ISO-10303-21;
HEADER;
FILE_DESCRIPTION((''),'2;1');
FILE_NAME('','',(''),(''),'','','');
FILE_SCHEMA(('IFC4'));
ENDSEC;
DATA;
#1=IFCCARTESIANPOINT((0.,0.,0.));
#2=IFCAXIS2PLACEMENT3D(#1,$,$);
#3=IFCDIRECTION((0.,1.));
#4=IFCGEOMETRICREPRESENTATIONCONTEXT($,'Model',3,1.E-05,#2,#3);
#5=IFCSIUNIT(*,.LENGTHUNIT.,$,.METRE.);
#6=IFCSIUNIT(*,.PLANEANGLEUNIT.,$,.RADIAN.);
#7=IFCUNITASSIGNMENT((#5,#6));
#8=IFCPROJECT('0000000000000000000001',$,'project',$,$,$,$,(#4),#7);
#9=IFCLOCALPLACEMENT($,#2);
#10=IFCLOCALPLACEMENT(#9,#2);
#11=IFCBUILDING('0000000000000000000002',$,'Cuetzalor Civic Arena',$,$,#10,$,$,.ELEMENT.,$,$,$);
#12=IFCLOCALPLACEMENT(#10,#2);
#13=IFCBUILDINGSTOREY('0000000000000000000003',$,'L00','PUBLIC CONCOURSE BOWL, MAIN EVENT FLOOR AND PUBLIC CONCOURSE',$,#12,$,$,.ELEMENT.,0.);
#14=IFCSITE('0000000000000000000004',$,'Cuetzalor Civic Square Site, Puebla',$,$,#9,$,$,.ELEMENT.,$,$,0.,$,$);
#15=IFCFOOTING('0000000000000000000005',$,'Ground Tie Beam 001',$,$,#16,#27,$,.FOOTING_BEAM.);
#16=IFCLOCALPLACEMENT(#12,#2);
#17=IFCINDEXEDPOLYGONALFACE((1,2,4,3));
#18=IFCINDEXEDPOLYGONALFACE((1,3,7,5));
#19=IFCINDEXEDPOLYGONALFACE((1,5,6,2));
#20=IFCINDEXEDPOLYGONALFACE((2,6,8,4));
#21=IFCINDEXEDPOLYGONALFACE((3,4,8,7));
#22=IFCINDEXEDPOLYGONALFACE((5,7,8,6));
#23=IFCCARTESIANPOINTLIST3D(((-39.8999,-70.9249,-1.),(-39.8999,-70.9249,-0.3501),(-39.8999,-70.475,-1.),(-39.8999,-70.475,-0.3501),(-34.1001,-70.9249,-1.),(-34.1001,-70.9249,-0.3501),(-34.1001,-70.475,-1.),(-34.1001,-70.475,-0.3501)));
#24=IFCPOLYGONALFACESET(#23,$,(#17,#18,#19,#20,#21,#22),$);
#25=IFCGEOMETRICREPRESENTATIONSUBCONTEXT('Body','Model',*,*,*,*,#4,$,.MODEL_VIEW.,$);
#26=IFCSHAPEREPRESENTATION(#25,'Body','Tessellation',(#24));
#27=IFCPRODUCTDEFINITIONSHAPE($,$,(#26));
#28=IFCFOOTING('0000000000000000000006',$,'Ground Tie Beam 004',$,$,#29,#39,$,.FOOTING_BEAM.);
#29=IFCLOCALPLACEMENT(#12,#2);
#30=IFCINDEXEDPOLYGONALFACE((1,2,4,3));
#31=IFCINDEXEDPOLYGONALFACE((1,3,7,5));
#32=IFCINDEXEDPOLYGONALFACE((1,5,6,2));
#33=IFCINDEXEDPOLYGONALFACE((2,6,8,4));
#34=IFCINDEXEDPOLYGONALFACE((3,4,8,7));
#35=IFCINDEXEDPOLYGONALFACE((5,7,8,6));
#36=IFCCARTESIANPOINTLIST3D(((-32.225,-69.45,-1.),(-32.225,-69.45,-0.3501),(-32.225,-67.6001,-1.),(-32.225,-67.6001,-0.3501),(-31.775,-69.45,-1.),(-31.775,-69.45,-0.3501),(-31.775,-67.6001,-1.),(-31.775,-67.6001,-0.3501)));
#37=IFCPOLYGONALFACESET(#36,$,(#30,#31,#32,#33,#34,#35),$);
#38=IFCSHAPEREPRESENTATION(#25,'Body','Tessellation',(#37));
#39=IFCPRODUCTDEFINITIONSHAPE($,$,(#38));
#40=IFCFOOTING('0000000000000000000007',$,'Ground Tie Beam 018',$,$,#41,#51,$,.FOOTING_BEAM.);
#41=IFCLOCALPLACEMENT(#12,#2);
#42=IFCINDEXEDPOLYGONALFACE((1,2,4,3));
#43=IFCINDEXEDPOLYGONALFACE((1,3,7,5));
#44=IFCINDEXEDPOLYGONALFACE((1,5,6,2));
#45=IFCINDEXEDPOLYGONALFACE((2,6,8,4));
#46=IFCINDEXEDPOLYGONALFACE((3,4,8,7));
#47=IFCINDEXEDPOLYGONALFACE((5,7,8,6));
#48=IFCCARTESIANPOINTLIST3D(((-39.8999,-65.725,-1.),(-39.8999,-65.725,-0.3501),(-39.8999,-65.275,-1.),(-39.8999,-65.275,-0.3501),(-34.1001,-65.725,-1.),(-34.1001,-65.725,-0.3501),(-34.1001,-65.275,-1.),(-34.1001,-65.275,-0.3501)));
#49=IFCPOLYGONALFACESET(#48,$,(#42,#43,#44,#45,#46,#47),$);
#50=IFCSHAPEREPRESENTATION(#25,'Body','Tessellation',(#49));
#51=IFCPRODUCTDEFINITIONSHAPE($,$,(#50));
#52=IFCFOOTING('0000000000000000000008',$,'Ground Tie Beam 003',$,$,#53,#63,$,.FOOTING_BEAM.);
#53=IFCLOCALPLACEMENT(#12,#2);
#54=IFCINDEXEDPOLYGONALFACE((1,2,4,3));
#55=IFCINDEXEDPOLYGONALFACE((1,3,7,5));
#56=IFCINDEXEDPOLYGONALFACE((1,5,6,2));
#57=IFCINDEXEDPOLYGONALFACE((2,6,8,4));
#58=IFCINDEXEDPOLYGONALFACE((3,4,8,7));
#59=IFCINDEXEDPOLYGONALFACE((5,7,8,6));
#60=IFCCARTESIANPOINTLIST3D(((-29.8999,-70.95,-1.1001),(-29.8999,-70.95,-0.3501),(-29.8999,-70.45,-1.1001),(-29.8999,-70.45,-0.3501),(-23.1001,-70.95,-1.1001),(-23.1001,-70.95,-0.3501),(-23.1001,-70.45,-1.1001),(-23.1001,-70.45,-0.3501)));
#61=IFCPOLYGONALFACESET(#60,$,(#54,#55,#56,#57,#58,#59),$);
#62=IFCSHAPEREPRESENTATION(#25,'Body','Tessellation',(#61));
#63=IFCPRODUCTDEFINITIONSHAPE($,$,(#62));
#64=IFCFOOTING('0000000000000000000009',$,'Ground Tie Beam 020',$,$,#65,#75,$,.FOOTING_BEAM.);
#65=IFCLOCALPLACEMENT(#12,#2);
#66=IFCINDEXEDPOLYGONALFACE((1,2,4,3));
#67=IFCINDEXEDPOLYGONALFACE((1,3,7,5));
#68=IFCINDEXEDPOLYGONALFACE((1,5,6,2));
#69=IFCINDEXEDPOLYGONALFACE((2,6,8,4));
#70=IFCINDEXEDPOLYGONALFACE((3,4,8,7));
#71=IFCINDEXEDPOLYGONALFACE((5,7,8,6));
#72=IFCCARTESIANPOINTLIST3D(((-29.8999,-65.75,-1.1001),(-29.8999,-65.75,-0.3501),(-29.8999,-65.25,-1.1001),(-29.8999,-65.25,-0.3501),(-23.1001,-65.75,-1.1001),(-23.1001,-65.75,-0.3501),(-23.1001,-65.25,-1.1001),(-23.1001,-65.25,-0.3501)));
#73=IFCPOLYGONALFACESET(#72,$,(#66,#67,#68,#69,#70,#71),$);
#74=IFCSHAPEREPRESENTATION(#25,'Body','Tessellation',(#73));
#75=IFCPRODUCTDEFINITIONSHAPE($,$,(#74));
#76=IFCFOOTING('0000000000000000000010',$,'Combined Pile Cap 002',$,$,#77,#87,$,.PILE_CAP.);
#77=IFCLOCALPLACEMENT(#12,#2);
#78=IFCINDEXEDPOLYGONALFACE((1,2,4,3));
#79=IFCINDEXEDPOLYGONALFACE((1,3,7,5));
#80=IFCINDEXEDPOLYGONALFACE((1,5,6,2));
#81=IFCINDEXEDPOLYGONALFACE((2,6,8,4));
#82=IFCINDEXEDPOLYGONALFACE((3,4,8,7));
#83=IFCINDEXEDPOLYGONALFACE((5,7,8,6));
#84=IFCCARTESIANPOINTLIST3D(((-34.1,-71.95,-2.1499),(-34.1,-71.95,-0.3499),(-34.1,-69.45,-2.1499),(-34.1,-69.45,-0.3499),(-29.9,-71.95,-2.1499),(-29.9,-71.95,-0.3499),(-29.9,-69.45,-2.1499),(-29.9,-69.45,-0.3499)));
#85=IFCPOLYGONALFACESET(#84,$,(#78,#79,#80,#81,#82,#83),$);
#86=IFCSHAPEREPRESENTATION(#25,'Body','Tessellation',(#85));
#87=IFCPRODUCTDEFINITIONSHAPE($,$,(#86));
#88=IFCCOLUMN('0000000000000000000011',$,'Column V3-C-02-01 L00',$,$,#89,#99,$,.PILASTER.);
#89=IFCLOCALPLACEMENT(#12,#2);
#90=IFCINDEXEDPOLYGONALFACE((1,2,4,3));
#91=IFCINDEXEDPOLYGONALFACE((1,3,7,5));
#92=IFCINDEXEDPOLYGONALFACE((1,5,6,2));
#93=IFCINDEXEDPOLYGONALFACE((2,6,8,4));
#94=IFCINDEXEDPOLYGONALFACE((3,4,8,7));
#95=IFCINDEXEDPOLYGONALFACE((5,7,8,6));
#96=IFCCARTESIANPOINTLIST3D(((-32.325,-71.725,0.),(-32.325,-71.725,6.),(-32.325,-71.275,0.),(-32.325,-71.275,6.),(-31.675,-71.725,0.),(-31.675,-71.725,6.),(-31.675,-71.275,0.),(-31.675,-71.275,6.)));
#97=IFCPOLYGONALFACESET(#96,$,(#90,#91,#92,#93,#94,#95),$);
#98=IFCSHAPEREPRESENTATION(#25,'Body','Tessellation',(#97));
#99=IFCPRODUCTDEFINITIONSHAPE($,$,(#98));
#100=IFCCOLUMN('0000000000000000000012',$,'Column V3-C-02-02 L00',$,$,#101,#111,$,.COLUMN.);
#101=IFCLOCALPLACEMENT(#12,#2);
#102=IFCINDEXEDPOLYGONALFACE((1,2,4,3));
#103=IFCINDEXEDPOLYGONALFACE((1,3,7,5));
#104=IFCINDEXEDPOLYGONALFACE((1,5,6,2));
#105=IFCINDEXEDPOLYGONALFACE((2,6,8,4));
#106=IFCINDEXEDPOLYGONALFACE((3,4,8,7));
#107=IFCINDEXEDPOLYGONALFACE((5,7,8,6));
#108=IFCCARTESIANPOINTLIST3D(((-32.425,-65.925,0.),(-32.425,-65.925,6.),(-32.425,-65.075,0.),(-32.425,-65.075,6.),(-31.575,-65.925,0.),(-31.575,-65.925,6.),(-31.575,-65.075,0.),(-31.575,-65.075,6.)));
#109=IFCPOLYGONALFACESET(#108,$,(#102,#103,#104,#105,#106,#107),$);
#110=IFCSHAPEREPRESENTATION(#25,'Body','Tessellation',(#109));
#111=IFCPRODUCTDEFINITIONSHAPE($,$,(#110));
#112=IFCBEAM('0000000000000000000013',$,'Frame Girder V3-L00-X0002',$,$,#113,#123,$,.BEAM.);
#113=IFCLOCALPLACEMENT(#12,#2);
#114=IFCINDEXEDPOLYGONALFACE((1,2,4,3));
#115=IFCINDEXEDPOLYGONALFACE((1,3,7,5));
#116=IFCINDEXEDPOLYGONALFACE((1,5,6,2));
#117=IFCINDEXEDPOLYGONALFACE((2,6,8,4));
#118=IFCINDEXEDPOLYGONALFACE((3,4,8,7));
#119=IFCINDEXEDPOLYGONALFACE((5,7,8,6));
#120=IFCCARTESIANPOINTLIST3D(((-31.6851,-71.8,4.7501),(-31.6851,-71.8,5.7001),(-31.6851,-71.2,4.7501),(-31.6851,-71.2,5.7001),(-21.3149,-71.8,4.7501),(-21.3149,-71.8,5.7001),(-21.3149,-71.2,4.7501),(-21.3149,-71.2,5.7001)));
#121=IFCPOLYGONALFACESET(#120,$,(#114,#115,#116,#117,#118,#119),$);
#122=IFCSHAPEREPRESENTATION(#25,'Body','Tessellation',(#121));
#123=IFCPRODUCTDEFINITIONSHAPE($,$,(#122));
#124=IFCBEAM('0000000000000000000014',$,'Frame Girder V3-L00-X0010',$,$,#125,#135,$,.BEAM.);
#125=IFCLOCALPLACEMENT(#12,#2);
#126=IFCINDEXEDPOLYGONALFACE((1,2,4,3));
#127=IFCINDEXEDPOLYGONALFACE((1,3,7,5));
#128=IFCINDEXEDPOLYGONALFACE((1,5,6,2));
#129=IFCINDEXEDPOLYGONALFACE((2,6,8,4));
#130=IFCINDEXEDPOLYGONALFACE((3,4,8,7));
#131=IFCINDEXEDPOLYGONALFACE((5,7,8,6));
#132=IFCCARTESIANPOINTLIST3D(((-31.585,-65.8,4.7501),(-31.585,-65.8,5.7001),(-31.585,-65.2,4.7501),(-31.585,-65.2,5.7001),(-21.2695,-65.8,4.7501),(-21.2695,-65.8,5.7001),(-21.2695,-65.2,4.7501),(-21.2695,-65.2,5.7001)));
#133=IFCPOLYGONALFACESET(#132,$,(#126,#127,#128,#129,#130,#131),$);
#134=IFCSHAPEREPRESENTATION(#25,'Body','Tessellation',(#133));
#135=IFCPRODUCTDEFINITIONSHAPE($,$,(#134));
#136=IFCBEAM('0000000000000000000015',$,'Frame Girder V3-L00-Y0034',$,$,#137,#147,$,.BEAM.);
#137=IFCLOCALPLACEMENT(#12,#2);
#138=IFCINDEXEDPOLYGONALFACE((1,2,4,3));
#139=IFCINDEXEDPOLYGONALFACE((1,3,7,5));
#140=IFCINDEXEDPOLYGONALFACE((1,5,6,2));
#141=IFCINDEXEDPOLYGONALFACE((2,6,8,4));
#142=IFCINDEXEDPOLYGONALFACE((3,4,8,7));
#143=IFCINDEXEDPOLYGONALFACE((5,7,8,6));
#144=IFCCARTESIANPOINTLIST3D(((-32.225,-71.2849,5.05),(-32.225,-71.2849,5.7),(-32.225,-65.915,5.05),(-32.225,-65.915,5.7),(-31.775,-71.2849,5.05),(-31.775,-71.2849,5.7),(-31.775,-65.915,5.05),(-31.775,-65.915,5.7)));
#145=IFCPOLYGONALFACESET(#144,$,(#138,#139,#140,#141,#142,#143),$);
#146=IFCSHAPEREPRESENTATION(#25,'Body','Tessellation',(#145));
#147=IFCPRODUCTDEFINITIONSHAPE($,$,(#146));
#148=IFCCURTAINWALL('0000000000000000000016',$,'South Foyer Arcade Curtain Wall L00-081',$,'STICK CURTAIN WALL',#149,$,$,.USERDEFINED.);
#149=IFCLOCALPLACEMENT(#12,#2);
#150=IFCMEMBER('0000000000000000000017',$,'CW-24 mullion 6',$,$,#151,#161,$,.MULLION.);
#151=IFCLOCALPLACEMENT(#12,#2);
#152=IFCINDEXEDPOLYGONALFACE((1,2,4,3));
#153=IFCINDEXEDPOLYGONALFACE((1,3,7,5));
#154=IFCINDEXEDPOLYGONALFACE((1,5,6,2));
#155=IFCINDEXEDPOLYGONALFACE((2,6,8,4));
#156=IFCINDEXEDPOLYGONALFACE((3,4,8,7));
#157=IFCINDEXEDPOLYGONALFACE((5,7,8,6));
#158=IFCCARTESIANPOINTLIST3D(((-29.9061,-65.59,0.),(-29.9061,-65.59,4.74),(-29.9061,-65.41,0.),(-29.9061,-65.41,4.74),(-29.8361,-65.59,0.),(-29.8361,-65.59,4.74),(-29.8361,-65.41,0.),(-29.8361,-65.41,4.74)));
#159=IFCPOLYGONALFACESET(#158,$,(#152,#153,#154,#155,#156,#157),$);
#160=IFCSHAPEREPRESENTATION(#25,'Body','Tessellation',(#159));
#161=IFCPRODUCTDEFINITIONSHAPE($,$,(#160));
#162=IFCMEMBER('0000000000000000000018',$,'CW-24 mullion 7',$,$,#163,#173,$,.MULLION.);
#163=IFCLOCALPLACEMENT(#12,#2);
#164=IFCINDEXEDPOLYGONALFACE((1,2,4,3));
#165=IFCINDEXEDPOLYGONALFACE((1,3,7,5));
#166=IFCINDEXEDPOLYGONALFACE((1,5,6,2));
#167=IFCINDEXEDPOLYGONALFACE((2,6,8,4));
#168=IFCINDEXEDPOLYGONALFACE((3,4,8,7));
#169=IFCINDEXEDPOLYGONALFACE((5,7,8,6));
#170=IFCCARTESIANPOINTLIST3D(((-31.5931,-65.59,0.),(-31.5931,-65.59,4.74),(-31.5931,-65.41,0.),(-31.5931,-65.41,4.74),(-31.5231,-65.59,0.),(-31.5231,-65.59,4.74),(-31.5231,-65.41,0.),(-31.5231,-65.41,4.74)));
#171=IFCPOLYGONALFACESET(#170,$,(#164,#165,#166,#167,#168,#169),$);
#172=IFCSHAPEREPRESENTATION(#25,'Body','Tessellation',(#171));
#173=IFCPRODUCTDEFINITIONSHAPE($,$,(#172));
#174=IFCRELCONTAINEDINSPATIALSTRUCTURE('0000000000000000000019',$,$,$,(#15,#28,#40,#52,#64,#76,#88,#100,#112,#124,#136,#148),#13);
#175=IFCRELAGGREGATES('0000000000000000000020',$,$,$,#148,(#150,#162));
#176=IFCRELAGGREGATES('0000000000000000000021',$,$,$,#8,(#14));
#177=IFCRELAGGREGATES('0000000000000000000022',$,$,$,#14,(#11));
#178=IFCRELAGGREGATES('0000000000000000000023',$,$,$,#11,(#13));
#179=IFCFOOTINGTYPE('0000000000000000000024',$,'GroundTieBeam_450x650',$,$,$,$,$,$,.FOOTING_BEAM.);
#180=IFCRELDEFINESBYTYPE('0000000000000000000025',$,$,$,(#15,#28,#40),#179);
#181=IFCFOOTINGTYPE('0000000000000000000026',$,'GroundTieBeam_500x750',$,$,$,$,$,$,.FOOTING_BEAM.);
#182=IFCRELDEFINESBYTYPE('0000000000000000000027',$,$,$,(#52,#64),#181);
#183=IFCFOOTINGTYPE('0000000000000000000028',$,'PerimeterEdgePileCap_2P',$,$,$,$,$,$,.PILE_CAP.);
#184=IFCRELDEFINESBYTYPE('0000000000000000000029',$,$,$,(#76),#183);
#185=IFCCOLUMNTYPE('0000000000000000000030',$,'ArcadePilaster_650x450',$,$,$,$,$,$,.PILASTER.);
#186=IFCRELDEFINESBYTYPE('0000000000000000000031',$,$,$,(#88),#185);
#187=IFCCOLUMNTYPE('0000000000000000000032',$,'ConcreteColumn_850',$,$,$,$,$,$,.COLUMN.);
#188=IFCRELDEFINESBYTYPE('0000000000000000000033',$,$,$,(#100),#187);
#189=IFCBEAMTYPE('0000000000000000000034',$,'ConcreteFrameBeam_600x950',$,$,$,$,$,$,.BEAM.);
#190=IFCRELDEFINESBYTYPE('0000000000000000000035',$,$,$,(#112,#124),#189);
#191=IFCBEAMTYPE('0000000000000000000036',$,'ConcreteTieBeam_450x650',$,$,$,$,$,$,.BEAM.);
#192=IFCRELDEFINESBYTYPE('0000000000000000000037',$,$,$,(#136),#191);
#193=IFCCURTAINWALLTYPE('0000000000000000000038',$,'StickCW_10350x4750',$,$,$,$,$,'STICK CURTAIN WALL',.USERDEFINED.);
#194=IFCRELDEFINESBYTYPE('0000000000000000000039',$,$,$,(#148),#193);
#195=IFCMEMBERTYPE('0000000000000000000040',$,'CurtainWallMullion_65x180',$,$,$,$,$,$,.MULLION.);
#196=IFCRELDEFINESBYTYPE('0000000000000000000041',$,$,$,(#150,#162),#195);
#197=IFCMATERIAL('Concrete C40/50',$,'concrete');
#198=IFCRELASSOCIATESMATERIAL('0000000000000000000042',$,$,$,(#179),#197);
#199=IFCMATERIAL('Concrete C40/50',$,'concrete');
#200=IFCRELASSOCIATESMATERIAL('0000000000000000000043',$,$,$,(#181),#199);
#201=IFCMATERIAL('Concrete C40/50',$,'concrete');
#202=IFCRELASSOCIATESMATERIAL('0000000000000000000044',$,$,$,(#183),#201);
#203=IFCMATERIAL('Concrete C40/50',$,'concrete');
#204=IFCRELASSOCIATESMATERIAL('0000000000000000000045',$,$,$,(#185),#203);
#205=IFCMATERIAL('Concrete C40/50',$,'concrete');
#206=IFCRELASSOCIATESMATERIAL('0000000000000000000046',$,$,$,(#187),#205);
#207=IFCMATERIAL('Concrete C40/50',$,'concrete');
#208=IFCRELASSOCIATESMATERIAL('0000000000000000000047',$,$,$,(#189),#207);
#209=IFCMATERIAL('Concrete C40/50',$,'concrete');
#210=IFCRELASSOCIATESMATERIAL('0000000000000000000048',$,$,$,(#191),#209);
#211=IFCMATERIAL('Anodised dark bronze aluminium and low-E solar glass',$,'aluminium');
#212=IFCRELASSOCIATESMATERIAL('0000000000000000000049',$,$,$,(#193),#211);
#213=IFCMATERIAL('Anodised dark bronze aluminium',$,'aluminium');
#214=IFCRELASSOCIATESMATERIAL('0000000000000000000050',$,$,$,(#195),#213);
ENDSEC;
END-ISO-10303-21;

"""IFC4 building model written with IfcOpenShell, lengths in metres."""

from ifc_helpers import new_model, si_unit, direction, frame, origin, origin_2d, place, context, subcontext, project, spatial, rectangle, extrude, material, material_profile, profile_set, type_object, element, aggregate, save


model = new_model("IFC4")

# Units and contexts
model_context = context("Model", 3, precision=1e-05, world=origin(), true_north=direction((0.0, 1.0)))
body_context = subcontext(model_context, "Body", "Model", "MODEL_VIEW")
ifc_project = project(units=[si_unit("LENGTHUNIT", "METRE"), si_unit("PLANEANGLEUNIT", "RADIAN")], contexts=[model_context])

# Site, building, storey
site_placement = place(None, origin())
site = spatial("IfcSite", under=ifc_project, at=site_placement, Name="Cuetzalor Civic Square Site, Puebla", CompositionType="ELEMENT", RefElevation=0.0)
building_placement = place(site_placement, origin())
building = spatial("IfcBuilding", under=site, at=building_placement, Name="Cuetzalor Civic Arena", CompositionType="ELEMENT")
storey_placement = place(building_placement, origin())
storey = spatial("IfcBuildingStorey", under=building, at=storey_placement, Name="L00", Description="PUBLIC CONCOURSE BOWL, MAIN EVENT FLOOR AND PUBLIC CONCOURSE", CompositionType="ELEMENT", Elevation=0.0)

# Footings
ifc_material_1 = material(Name="Concrete C40/50", Category="concrete")
ifc_material_profile_1 = material_profile(ifc_material_1, rectangle(XDim=0.45, YDim=0.6499, at=origin_2d()), Name="RC 450x650")
ifc_profile_set_1 = profile_set([ifc_material_profile_1], Name="Concrete C40/50")
footing_type_1 = type_object("IfcFootingType", Name="GroundTieBeam_450x650", PredefinedType="FOOTING_BEAM", material=ifc_profile_set_1)
footing_1_placement = place(storey_placement, frame((-39.8999, -70.7, -0.675), z_axis=(1.0, 0.0, 0.0), x_axis=(0.0, 1.0, 0.0)))
element("IfcFooting", 1, at=footing_1_placement, inside=storey, type_object=footing_type_1, Name="Ground Tie Beam 001", PredefinedType="FOOTING_BEAM", context=body_context, shape_type="SweptSolid", body=[
    extrude(rectangle(XDim=0.45, YDim=0.6499, at=origin_2d()), origin(), (0.0, 0.0, 1.0), 5.7998),
])
footing_2_placement = place(storey_placement, frame((-32.0, -69.45, -0.675), z_axis=(0.0, 1.0, 0.0), x_axis=(-1.0, 0.0, 0.0)))
element("IfcFooting", 2, at=footing_2_placement, inside=storey, type_object=footing_type_1, Name="Ground Tie Beam 004", PredefinedType="FOOTING_BEAM", context=body_context, shape_type="SweptSolid", body=[
    extrude(rectangle(XDim=0.45, YDim=0.6499, at=origin_2d()), origin(), (0.0, 0.0, 1.0), 1.8499),
])
footing_3_placement = place(storey_placement, frame((-39.8999, -65.5, -0.675), z_axis=(1.0, 0.0, 0.0), x_axis=(0.0, 1.0, 0.0)))
element("IfcFooting", 3, at=footing_3_placement, inside=storey, type_object=footing_type_1, Name="Ground Tie Beam 018", PredefinedType="FOOTING_BEAM", context=body_context, shape_type="SweptSolid", body=[
    extrude(rectangle(XDim=0.45, YDim=0.6499, at=origin_2d()), origin(), (0.0, 0.0, 1.0), 5.7998),
])
ifc_material_2 = material(Name="Concrete C40/50", Category="concrete")
ifc_material_profile_2 = material_profile(ifc_material_2, rectangle(XDim=0.5, YDim=0.75, at=origin_2d()), Name="RC 500x750")
ifc_profile_set_2 = profile_set([ifc_material_profile_2], Name="Concrete C40/50")
footing_type_2 = type_object("IfcFootingType", Name="GroundTieBeam_500x750", PredefinedType="FOOTING_BEAM", material=ifc_profile_set_2)
for number, where, z_axis, x_axis, name in (
    (4, (-29.8999, -70.7, -0.7251), (1.0, 0.0, 0.0), (0.0, 1.0, 0.0), "Ground Tie Beam 003"),
    (5, (-29.8999, -65.5, -0.7251), (1.0, 0.0, 0.0), (0.0, 1.0, 0.0), "Ground Tie Beam 020"),
):
    element("IfcFooting", number, at=place(storey_placement, frame(where, z_axis=z_axis, x_axis=x_axis)), inside=storey, type_object=footing_type_2, Name=name, PredefinedType="FOOTING_BEAM", context=body_context, shape_type="SweptSolid", body=[
        extrude(rectangle(XDim=0.5, YDim=0.75, at=origin_2d()), origin(), (0.0, 0.0, 1.0), 6.7998),
    ])
ifc_material_3 = material(Name="Concrete C40/50", Category="concrete")
footing_type_3 = type_object("IfcFootingType", Name="PerimeterEdgePileCap_2P", PredefinedType="PILE_CAP", material=ifc_material_3)
footing_4_placement = place(storey_placement, frame((-32.0, -70.7, -2.1499), z_axis=(0.0, 0.0, 1.0), x_axis=(1.0, 0.0, 0.0)))
element("IfcFooting", 6, at=footing_4_placement, inside=storey, type_object=footing_type_3, Name="Combined Pile Cap 002", PredefinedType="PILE_CAP", context=body_context, shape_type="SweptSolid", body=[
    extrude(rectangle(XDim=4.2, YDim=2.5, at=origin_2d()), origin(), (0.0, 0.0, 1.0), 1.8),
])

# Columns
ifc_material_4 = material(Name="Concrete C40/50", Category="concrete")
ifc_material_profile_3 = material_profile(ifc_material_4, rectangle(XDim=0.6499, YDim=0.45, at=origin_2d()), Name="RC 650x450")
ifc_profile_set_3 = profile_set([ifc_material_profile_3], Name="Concrete C40/50")
column_type_1 = type_object("IfcColumnType", Name="ArcadePilaster_650x450", PredefinedType="PILASTER", material=ifc_profile_set_3)
column_1_placement = place(storey_placement, frame((-32.0, -71.5, 0.0), z_axis=(0.0, 0.0, 1.0), x_axis=(1.0, 0.0, 0.0)))
element("IfcColumn", 7, at=column_1_placement, inside=storey, type_object=column_type_1, Name="Column V3-C-02-01 L00", PredefinedType="PILASTER", context=body_context, shape_type="SweptSolid", body=[
    extrude(rectangle(XDim=0.6499, YDim=0.45, at=origin_2d()), origin(), (0.0, 0.0, 1.0), 6.0),
])
ifc_material_5 = material(Name="Concrete C40/50", Category="concrete")
ifc_material_profile_4 = material_profile(ifc_material_5, rectangle(XDim=0.8501, YDim=0.8501, at=origin_2d()), Name="RC 850x850")
ifc_profile_set_4 = profile_set([ifc_material_profile_4], Name="Concrete C40/50")
column_type_2 = type_object("IfcColumnType", Name="ConcreteColumn_850", PredefinedType="COLUMN", material=ifc_profile_set_4)
column_2_placement = place(storey_placement, frame((-32.0, -65.5, 0.0), z_axis=(0.0, 0.0, 1.0), x_axis=(1.0, 0.0, 0.0)))
element("IfcColumn", 8, at=column_2_placement, inside=storey, type_object=column_type_2, Name="Column V3-C-02-02 L00", PredefinedType="COLUMN", context=body_context, shape_type="SweptSolid", body=[
    extrude(rectangle(XDim=0.8501, YDim=0.8501, at=origin_2d()), origin(), (0.0, 0.0, 1.0), 6.0),
])

# Beams
ifc_material_6 = material(Name="Concrete C40/50", Category="concrete")
ifc_material_profile_5 = material_profile(ifc_material_6, rectangle(XDim=0.6001, YDim=0.95, at=origin_2d()), Name="RC 600x950")
ifc_profile_set_5 = profile_set([ifc_material_profile_5], Name="Concrete C40/50")
beam_type_1 = type_object("IfcBeamType", Name="ConcreteFrameBeam_600x950", PredefinedType="BEAM", material=ifc_profile_set_5)
beam_1_placement = place(storey_placement, frame((-31.6851, -71.5, 5.2251), z_axis=(1.0, 0.0, 0.0), x_axis=(0.0, 1.0, 0.0)))
element("IfcBeam", 9, at=beam_1_placement, inside=storey, type_object=beam_type_1, Name="Frame Girder V3-L00-X0002", PredefinedType="BEAM", context=body_context, shape_type="SweptSolid", body=[
    extrude(rectangle(XDim=0.6001, YDim=0.95, at=origin_2d()), origin(), (0.0, 0.0, 1.0), 10.3701),
])
beam_2_placement = place(storey_placement, frame((-31.585, -65.5, 5.2251), z_axis=(1.0, 0.0, 0.0), x_axis=(0.0, 1.0, 0.0)))
element("IfcBeam", 10, at=beam_2_placement, inside=storey, type_object=beam_type_1, Name="Frame Girder V3-L00-X0010", PredefinedType="BEAM", context=body_context, shape_type="SweptSolid", body=[
    extrude(rectangle(XDim=0.6001, YDim=0.95, at=origin_2d()), origin(), (0.0, 0.0, 1.0), 10.3154),
])
ifc_material_7 = material(Name="Concrete C40/50", Category="concrete")
ifc_material_profile_6 = material_profile(ifc_material_7, rectangle(XDim=0.45, YDim=0.6499, at=origin_2d()), Name="RC 450x650")
ifc_profile_set_6 = profile_set([ifc_material_profile_6], Name="Concrete C40/50")
beam_type_2 = type_object("IfcBeamType", Name="ConcreteTieBeam_450x650", PredefinedType="BEAM", material=ifc_profile_set_6)
beam_3_placement = place(storey_placement, frame((-32.0, -71.2849, 5.375), z_axis=(0.0, 1.0, 0.0), x_axis=(-1.0, 0.0, 0.0)))
element("IfcBeam", 11, at=beam_3_placement, inside=storey, type_object=beam_type_2, Name="Frame Girder V3-L00-Y0034", PredefinedType="BEAM", context=body_context, shape_type="SweptSolid", body=[
    extrude(rectangle(XDim=0.45, YDim=0.6499, at=origin_2d()), origin(), (0.0, 0.0, 1.0), 5.3699),
])

# Curtain wall, members
ifc_material_8 = material(Name="Anodised dark bronze aluminium and low-E solar glass", Category="aluminium")
curtain_wall_type = type_object("IfcCurtainWallType", Name="StickCW_10350x4750", ElementType="STICK CURTAIN WALL", PredefinedType="USERDEFINED", material=ifc_material_8)
curtain_wall_placement = place(storey_placement, origin())
curtain_wall = element("IfcCurtainWall", 12, at=curtain_wall_placement, inside=storey, type_object=curtain_wall_type, Name="South Foyer Arcade Curtain Wall L00-081", ObjectType="STICK CURTAIN WALL", PredefinedType="USERDEFINED")
ifc_material_9 = material(Name="Anodised dark bronze aluminium", Category="aluminium")
ifc_material_profile_7 = material_profile(ifc_material_9, rectangle(XDim=0.0701, YDim=0.1799, at=origin_2d()), Name="ALU MULLION 70x180")
ifc_profile_set_7 = profile_set([ifc_material_profile_7], Name="Anodised dark bronze aluminium")
member_type_1 = type_object("IfcMemberType", Name="CurtainWallMullion_65x180", PredefinedType="MULLION", material=ifc_profile_set_7)
member_1_placement = place(storey_placement, frame((-29.8711, -65.5, 0.0), z_axis=(0.0, 0.0, 1.0), x_axis=(-1.0, 0.0, 0.0)))
member_1 = element("IfcMember", 13, at=member_1_placement, type_object=member_type_1, Name="CW-24 mullion 6", PredefinedType="MULLION", context=body_context, shape_type="SweptSolid", body=[
    extrude(rectangle(XDim=0.0701, YDim=0.1799, at=origin_2d()), origin(), (0.0, 0.0, 1.0), 4.74),
])
member_2_placement = place(storey_placement, frame((-31.5581, -65.5, 0.0), z_axis=(0.0, 0.0, 1.0), x_axis=(-1.0, 0.0, 0.0)))
member_2 = element("IfcMember", 14, at=member_2_placement, type_object=member_type_1, Name="CW-24 mullion 7", PredefinedType="MULLION", context=body_context, shape_type="SweptSolid", body=[
    extrude(rectangle(XDim=0.0701, YDim=0.1799, at=origin_2d()), origin(), (0.0, 0.0, 1.0), 4.74),
])

aggregate(curtain_wall, [member_1, member_2])

save(model, "model.ifc")
